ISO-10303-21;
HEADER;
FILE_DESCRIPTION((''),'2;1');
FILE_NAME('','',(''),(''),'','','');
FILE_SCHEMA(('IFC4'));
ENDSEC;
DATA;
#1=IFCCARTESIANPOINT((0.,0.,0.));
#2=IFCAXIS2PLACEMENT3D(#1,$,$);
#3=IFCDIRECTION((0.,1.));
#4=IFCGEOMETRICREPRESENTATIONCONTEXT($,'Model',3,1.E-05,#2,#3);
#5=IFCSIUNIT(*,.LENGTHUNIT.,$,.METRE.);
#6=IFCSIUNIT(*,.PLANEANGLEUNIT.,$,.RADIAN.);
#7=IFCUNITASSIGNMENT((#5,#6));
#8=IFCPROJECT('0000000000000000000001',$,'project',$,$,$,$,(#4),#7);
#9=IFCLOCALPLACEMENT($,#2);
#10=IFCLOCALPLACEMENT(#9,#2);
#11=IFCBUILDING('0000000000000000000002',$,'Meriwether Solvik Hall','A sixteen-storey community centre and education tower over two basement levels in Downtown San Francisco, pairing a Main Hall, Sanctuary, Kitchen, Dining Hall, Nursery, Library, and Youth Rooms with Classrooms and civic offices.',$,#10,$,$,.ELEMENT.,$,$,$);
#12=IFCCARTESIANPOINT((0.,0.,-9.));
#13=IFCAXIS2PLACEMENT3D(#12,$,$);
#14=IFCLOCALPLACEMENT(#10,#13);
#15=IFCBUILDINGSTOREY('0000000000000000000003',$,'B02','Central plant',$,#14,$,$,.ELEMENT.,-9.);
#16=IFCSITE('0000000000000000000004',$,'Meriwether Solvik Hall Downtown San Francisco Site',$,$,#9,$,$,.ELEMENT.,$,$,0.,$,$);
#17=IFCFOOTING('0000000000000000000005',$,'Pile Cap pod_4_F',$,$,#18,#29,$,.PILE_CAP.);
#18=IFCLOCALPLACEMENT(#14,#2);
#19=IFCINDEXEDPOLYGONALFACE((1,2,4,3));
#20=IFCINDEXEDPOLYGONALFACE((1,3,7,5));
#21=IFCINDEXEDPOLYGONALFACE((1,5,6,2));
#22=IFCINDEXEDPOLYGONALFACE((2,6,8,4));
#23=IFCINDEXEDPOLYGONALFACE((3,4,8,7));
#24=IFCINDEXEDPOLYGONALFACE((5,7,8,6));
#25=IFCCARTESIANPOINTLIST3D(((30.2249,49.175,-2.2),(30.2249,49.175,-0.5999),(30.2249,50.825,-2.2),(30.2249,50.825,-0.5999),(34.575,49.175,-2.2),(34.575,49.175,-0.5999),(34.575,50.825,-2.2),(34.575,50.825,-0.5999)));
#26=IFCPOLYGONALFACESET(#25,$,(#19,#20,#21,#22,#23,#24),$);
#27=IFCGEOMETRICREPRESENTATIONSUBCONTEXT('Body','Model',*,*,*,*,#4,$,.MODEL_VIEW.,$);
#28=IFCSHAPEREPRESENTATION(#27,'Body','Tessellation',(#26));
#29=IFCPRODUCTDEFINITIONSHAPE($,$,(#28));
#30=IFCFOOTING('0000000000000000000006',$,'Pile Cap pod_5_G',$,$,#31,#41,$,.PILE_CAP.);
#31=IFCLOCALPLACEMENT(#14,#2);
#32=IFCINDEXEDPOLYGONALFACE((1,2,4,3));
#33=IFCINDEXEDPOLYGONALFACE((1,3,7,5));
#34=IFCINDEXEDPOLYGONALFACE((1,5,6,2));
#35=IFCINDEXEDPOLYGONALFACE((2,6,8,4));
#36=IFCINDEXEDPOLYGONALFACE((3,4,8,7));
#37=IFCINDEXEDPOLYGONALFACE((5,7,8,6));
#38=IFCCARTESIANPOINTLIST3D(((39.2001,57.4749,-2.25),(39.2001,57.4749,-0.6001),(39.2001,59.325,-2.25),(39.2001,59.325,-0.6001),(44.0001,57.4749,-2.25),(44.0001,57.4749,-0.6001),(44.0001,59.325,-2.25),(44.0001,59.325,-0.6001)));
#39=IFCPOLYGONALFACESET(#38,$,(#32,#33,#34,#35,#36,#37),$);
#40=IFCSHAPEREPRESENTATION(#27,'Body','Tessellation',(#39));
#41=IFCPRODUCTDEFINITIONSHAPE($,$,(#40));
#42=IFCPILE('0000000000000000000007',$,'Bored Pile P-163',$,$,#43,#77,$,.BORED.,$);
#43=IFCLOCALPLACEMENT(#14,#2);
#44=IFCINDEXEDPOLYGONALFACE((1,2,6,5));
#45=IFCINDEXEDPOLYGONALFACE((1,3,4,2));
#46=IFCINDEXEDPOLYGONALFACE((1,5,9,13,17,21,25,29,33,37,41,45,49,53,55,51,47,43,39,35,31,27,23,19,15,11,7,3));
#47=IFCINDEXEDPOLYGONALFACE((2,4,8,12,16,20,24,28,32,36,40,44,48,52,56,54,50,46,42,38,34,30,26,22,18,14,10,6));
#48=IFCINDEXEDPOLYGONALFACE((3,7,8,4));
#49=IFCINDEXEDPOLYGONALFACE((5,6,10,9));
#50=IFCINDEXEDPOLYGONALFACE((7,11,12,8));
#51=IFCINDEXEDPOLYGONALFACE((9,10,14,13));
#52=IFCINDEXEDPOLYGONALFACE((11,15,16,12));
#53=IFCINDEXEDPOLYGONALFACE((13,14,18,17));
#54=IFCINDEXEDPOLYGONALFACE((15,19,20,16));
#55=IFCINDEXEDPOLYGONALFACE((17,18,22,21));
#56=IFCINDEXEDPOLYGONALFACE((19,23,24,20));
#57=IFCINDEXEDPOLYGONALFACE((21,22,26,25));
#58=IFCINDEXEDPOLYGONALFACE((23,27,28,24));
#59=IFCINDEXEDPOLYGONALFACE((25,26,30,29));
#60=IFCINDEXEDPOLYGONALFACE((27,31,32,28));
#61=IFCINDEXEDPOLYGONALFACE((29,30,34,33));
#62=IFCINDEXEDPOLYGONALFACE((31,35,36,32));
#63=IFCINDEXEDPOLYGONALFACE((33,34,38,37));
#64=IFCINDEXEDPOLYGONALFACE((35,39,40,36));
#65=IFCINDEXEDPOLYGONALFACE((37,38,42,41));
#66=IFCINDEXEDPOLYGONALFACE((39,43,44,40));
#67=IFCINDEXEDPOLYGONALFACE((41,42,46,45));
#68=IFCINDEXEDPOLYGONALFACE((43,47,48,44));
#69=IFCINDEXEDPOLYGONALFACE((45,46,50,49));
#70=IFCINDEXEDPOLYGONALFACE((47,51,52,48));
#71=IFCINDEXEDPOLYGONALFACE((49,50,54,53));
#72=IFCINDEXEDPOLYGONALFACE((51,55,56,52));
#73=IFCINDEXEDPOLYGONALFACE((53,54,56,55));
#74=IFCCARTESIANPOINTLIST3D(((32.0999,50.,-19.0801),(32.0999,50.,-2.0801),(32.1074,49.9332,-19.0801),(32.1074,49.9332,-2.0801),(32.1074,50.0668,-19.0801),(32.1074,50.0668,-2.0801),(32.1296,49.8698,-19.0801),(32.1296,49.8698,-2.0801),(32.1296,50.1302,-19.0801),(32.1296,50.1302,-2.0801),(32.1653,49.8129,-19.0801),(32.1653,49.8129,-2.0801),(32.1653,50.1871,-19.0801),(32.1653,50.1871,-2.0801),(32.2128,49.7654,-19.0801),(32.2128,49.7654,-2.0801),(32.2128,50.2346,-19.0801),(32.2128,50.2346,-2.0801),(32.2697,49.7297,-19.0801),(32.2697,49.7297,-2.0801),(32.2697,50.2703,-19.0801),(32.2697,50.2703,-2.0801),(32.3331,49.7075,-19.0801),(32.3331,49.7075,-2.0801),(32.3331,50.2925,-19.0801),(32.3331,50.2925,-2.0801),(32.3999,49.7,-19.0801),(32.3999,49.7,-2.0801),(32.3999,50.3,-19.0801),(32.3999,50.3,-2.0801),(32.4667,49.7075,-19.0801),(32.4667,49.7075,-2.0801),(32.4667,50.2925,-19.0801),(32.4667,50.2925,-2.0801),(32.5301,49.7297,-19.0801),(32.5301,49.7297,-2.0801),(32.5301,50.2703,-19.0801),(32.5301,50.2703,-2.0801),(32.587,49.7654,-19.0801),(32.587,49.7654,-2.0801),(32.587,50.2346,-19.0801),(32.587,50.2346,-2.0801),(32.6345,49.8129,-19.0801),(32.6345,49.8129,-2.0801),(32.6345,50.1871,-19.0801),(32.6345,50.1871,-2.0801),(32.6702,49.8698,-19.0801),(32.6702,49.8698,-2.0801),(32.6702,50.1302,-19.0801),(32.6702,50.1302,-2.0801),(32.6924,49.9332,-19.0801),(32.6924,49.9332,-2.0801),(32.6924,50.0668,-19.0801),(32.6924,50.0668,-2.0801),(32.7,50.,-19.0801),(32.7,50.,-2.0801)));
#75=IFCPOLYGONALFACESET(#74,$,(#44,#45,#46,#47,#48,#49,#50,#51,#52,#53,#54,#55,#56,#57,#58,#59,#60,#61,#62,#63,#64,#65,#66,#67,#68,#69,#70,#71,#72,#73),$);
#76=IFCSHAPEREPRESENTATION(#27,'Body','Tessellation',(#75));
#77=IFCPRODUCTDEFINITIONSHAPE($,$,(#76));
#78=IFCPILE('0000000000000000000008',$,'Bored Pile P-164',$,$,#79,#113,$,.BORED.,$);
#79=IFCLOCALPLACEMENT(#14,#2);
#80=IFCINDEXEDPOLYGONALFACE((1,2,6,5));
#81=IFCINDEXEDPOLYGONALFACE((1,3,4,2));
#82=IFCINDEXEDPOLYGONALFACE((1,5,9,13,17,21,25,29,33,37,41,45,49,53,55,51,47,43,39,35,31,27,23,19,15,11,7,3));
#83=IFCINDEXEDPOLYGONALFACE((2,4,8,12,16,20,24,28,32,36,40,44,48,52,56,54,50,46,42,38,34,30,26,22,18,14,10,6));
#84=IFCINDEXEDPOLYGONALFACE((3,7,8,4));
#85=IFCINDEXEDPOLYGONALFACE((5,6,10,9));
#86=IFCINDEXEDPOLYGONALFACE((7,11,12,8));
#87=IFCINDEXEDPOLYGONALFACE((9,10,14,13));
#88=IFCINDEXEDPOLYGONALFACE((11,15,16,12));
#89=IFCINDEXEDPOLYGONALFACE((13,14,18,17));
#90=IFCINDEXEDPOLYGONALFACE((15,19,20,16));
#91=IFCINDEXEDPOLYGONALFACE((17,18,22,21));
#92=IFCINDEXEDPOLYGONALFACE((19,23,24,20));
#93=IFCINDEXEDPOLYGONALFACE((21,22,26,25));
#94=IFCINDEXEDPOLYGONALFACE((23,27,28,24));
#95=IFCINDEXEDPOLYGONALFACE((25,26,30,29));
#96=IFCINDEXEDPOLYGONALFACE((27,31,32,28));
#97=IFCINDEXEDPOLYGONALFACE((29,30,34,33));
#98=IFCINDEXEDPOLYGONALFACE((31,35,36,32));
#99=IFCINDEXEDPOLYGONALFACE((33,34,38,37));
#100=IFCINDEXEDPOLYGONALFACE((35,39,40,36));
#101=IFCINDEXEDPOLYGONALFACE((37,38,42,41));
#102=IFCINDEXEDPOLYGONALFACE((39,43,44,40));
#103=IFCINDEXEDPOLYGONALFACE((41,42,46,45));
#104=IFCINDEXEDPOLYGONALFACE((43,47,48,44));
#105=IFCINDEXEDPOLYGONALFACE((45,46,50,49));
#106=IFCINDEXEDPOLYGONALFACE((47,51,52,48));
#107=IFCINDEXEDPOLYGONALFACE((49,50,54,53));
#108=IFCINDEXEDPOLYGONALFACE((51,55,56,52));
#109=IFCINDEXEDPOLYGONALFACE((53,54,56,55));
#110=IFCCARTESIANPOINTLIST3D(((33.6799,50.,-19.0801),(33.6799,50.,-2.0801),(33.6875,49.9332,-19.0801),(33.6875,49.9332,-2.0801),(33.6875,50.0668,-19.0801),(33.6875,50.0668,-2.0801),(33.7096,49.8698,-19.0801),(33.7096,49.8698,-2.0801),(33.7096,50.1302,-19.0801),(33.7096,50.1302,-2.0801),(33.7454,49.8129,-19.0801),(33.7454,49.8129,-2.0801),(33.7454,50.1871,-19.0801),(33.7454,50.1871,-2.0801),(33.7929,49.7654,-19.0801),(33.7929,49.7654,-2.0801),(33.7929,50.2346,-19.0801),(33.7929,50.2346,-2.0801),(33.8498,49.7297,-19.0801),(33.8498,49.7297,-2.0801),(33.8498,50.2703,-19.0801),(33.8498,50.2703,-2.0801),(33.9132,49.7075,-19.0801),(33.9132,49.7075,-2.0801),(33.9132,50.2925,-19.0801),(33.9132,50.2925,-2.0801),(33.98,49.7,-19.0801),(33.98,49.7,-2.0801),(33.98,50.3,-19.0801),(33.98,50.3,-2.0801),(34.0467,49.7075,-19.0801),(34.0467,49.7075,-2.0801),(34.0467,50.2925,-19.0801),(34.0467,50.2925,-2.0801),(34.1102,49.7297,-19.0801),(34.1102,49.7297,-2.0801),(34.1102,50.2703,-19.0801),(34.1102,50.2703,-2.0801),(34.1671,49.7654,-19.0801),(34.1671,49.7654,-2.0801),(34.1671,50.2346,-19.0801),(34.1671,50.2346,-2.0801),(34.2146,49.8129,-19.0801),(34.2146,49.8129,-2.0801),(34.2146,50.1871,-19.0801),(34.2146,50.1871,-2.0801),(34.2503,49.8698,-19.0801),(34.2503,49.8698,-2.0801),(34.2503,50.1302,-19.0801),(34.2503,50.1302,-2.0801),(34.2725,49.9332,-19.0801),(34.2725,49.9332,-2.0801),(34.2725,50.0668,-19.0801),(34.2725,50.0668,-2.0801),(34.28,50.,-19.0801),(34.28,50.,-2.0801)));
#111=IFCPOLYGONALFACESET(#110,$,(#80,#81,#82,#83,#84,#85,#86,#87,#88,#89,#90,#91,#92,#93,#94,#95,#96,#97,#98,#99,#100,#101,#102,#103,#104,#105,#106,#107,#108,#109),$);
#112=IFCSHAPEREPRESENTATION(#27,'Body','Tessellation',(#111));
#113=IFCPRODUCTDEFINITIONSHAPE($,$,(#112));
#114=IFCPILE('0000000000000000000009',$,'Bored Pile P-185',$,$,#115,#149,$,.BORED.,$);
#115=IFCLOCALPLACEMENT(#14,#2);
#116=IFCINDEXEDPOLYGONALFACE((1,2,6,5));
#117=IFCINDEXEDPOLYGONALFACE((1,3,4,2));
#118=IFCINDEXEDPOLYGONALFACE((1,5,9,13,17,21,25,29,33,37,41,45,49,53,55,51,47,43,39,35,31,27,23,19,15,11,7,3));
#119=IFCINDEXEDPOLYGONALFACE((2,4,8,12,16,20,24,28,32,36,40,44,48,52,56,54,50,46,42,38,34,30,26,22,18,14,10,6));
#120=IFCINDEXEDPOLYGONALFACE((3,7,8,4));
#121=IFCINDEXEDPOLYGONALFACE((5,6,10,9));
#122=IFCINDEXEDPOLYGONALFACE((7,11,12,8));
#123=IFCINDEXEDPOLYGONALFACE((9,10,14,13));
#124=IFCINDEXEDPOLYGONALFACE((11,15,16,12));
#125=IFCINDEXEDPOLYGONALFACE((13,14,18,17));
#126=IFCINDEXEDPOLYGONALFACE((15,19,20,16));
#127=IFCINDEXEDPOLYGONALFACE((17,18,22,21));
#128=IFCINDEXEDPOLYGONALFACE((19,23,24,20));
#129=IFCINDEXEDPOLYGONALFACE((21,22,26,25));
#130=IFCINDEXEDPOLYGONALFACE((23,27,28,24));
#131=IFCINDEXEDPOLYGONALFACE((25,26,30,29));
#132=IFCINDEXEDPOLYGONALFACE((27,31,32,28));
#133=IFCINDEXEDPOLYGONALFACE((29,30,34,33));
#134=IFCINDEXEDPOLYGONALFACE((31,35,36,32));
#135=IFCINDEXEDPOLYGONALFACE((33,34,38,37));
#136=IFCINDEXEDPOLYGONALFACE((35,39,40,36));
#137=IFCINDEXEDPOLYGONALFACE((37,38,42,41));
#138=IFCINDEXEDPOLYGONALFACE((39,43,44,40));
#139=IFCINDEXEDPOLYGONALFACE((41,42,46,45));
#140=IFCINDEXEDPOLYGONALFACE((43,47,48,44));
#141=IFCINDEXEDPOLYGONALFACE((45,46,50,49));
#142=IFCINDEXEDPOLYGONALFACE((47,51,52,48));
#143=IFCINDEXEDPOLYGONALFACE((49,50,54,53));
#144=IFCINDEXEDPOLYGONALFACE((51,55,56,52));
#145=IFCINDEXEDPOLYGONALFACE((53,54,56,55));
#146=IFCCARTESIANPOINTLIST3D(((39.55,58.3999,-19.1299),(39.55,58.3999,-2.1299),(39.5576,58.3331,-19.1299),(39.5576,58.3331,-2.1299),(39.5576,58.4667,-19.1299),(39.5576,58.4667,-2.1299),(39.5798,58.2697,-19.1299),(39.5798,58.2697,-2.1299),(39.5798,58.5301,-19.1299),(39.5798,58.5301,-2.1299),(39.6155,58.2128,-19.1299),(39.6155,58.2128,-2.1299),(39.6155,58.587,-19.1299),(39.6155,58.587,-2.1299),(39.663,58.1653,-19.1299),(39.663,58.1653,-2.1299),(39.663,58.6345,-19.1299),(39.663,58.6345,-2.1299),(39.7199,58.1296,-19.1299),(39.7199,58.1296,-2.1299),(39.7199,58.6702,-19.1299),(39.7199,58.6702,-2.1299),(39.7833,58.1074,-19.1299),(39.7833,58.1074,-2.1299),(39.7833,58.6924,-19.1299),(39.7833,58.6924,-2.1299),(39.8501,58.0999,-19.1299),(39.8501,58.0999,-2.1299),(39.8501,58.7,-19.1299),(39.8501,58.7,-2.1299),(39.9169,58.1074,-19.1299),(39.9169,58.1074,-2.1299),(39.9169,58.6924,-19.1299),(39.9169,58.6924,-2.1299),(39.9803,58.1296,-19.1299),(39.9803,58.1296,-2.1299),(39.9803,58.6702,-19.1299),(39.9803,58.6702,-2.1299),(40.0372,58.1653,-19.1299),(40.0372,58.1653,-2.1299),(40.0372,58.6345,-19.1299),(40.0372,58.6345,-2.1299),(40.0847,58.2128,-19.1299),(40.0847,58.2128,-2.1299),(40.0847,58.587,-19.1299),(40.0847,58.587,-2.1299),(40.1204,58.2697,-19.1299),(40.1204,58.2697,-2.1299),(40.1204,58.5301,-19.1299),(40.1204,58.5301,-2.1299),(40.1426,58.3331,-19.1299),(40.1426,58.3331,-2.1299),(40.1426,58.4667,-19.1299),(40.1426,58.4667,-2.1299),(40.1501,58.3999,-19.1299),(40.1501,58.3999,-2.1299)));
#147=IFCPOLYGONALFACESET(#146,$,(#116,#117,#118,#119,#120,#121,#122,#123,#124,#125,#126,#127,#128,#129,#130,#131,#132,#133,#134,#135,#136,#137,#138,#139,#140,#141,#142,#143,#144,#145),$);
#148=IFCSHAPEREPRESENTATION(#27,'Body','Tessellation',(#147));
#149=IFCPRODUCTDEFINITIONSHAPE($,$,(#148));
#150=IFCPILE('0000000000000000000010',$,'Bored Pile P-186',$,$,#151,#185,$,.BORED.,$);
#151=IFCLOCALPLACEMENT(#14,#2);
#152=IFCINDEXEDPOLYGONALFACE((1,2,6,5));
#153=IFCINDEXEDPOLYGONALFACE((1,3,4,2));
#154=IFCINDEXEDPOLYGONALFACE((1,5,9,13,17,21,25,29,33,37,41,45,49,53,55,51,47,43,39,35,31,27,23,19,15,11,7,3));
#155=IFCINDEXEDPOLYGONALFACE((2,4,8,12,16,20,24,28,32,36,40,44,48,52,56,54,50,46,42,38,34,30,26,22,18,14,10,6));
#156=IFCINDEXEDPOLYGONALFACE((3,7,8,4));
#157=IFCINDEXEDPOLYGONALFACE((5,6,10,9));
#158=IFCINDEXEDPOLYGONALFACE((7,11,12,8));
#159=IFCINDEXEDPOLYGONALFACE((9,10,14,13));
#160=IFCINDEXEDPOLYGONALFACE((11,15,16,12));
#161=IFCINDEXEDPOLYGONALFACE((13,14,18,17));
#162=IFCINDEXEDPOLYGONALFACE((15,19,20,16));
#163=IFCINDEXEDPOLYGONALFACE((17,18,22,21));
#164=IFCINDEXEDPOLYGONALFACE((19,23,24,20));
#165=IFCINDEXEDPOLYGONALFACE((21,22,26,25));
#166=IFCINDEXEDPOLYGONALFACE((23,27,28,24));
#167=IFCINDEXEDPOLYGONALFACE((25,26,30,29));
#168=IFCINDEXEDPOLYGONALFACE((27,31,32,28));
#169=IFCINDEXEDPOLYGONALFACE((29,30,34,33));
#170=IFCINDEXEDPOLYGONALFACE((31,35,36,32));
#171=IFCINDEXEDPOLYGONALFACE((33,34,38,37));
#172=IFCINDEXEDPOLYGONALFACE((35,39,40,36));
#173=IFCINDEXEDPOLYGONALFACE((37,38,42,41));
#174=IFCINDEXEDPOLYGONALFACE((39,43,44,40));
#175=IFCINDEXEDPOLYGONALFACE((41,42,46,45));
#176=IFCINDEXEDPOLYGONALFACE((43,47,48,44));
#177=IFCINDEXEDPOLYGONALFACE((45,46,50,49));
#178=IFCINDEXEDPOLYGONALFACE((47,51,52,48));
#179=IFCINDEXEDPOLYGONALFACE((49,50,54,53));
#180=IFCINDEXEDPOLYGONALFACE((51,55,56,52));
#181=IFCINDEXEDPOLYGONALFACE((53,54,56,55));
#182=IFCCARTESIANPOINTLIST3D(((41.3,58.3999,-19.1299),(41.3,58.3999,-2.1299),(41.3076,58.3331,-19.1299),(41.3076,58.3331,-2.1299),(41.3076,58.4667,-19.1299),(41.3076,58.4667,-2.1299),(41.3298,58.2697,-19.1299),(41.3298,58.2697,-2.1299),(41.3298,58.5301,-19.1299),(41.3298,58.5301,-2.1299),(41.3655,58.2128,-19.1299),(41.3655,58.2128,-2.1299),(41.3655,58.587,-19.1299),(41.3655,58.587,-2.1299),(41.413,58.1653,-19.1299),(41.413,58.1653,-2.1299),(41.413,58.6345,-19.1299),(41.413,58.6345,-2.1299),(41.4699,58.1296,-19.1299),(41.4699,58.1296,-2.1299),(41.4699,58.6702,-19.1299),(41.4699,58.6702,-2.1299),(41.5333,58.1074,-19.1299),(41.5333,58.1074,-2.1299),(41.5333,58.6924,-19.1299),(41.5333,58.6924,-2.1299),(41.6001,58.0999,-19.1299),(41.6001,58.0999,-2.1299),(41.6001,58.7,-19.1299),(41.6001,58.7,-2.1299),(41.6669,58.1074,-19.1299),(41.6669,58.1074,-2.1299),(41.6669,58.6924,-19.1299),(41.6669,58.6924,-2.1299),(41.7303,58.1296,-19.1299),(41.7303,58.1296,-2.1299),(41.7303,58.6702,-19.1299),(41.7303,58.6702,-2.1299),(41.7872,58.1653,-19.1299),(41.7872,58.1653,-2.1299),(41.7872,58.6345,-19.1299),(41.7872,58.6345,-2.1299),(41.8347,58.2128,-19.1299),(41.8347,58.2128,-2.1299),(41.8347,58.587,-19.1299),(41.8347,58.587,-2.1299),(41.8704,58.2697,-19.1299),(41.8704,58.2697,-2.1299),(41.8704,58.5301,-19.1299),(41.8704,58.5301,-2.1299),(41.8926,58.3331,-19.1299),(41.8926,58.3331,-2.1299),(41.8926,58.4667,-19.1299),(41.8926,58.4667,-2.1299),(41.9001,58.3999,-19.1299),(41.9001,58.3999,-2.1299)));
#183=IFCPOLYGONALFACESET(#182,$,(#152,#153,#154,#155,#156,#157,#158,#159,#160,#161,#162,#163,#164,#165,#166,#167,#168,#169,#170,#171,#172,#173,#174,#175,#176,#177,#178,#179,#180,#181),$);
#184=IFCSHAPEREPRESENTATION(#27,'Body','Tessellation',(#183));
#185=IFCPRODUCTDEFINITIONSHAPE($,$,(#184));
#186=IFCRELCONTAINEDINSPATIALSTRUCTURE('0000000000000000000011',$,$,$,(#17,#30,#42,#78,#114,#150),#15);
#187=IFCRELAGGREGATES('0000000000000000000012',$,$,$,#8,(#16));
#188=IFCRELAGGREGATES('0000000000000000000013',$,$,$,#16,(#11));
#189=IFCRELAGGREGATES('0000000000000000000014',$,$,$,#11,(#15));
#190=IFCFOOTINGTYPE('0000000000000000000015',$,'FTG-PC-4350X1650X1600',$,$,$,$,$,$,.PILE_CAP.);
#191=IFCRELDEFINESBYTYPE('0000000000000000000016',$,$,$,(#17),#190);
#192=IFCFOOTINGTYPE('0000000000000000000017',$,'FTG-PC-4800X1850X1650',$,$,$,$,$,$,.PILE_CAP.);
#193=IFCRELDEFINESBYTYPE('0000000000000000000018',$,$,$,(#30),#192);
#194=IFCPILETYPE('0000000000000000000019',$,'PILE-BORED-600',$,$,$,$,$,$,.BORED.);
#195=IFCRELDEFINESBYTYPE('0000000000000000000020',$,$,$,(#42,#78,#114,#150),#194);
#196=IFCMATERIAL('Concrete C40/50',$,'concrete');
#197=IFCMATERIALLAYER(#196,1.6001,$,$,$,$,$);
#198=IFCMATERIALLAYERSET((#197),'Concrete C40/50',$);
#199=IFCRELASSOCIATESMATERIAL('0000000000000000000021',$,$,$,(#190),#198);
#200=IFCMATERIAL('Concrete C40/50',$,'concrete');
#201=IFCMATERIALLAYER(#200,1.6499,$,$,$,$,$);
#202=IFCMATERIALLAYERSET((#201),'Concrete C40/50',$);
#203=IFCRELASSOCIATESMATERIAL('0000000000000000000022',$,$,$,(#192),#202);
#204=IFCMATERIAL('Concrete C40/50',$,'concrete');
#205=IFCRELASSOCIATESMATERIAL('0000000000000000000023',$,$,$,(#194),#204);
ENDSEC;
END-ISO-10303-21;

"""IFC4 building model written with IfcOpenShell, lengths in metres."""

from ifc_helpers import new_model, si_unit, direction, frame, origin, origin_2d, place, context, subcontext, project, spatial, rectangle, circle, extrude, material, layer, layer_set, material_profile, profile_set, type_object, element, save


model = new_model("IFC4")

# Units and contexts
model_context = context("Model", 3, precision=1e-05, world=origin(), true_north=direction((0.0, 1.0)))
body_context = subcontext(model_context, "Body", "Model", "MODEL_VIEW")
ifc_project = project(units=[si_unit("LENGTHUNIT", "METRE"), si_unit("PLANEANGLEUNIT", "RADIAN")], contexts=[model_context])

# Site, building, storey
site_placement = place(None, origin())
site = spatial("IfcSite", under=ifc_project, at=site_placement, Name="Meriwether Solvik Hall Downtown San Francisco Site", CompositionType="ELEMENT", RefElevation=0.0)
building_placement = place(site_placement, origin())
building = spatial("IfcBuilding", under=site, at=building_placement, Name="Meriwether Solvik Hall", Description="A sixteen-storey community centre and education tower over two basement levels in Downtown San Francisco, pairing a Main Hall, Sanctuary, Kitchen, Dining Hall, Nursery, Library, and Youth Rooms with Classrooms and civic offices.", CompositionType="ELEMENT")
storey_placement = place(building_placement, frame((0.0, 0.0, -9.0)))
storey = spatial("IfcBuildingStorey", under=building, at=storey_placement, Name="B02", Description="Central plant", CompositionType="ELEMENT", Elevation=-9.0)

# Footings
ifc_material_1 = material(Name="Concrete C40/50", Category="concrete")
ifc_layer_1 = layer(ifc_material_1, 1.6001)
ifc_layer_set_1 = layer_set([ifc_layer_1], Name="Concrete C40/50")
footing_type_1 = type_object("IfcFootingType", Name="FTG-PC-4350X1650X1600", PredefinedType="PILE_CAP", material=ifc_layer_set_1)
footing_1_placement = place(storey_placement, frame((32.3999, 50.0, -2.2), z_axis=(0.0, 0.0, 1.0), x_axis=(1.0, 0.0, 0.0)))
element("IfcFooting", 1, at=footing_1_placement, inside=storey, type_object=footing_type_1, Name="Pile Cap pod_4_F", PredefinedType="PILE_CAP", context=body_context, shape_type="SweptSolid", body=[
    extrude(rectangle(XDim=4.3501, YDim=1.6499, at=origin_2d()), origin(), (0.0, 0.0, 1.0), 1.6001),
])
ifc_material_2 = material(Name="Concrete C40/50", Category="concrete")
ifc_layer_2 = layer(ifc_material_2, 1.6499)
ifc_layer_set_2 = layer_set([ifc_layer_2], Name="Concrete C40/50")
footing_type_2 = type_object("IfcFootingType", Name="FTG-PC-4800X1850X1650", PredefinedType="PILE_CAP", material=ifc_layer_set_2)
footing_2_placement = place(storey_placement, frame((41.6001, 58.3999, -2.25), z_axis=(0.0, 0.0, 1.0), x_axis=(1.0, 0.0, 0.0)))
element("IfcFooting", 2, at=footing_2_placement, inside=storey, type_object=footing_type_2, Name="Pile Cap pod_5_G", PredefinedType="PILE_CAP", context=body_context, shape_type="SweptSolid", body=[
    extrude(rectangle(XDim=4.8, YDim=1.8501, at=origin_2d()), origin(), (0.0, 0.0, 1.0), 1.6499),
])

# Piles
ifc_material_3 = material(Name="Concrete C40/50", Category="concrete")
ifc_material_profile_1 = material_profile(ifc_material_3, circle(Radius=0.3, at=origin_2d()), Name="PILE-D600")
ifc_profile_set_1 = profile_set([ifc_material_profile_1], Name="Concrete C40/50")
pile_type_1 = type_object("IfcPileType", Name="PILE-BORED-600", PredefinedType="BORED", material=ifc_profile_set_1)
for number, where, z_axis, x_axis, name in (
    (3, (32.3999, 50.0, -2.0801), (0.0, 0.0, -1.0), (1.0, 0.0, 0.0), "Bored Pile P-163"),
    (4, (33.98, 50.0, -2.0801), (0.0, 0.0, -1.0), (1.0, 0.0, 0.0), "Bored Pile P-164"),
    (5, (39.8501, 58.3999, -2.1299), (0.0, 0.0, -1.0), (1.0, 0.0, 0.0), "Bored Pile P-185"),
    (6, (41.6001, 58.3999, -2.1299), (0.0, 0.0, -1.0), (1.0, 0.0, 0.0), "Bored Pile P-186"),
):
    element("IfcPile", number, at=place(storey_placement, frame(where, z_axis=z_axis, x_axis=x_axis)), inside=storey, type_object=pile_type_1, Name=name, PredefinedType="BORED", context=body_context, shape_type="SweptSolid", body=[
        extrude(circle(Radius=0.3, at=origin_2d()), origin(), (0.0, 0.0, 1.0), 17.0),
    ])

save(model, "model.ifc")
